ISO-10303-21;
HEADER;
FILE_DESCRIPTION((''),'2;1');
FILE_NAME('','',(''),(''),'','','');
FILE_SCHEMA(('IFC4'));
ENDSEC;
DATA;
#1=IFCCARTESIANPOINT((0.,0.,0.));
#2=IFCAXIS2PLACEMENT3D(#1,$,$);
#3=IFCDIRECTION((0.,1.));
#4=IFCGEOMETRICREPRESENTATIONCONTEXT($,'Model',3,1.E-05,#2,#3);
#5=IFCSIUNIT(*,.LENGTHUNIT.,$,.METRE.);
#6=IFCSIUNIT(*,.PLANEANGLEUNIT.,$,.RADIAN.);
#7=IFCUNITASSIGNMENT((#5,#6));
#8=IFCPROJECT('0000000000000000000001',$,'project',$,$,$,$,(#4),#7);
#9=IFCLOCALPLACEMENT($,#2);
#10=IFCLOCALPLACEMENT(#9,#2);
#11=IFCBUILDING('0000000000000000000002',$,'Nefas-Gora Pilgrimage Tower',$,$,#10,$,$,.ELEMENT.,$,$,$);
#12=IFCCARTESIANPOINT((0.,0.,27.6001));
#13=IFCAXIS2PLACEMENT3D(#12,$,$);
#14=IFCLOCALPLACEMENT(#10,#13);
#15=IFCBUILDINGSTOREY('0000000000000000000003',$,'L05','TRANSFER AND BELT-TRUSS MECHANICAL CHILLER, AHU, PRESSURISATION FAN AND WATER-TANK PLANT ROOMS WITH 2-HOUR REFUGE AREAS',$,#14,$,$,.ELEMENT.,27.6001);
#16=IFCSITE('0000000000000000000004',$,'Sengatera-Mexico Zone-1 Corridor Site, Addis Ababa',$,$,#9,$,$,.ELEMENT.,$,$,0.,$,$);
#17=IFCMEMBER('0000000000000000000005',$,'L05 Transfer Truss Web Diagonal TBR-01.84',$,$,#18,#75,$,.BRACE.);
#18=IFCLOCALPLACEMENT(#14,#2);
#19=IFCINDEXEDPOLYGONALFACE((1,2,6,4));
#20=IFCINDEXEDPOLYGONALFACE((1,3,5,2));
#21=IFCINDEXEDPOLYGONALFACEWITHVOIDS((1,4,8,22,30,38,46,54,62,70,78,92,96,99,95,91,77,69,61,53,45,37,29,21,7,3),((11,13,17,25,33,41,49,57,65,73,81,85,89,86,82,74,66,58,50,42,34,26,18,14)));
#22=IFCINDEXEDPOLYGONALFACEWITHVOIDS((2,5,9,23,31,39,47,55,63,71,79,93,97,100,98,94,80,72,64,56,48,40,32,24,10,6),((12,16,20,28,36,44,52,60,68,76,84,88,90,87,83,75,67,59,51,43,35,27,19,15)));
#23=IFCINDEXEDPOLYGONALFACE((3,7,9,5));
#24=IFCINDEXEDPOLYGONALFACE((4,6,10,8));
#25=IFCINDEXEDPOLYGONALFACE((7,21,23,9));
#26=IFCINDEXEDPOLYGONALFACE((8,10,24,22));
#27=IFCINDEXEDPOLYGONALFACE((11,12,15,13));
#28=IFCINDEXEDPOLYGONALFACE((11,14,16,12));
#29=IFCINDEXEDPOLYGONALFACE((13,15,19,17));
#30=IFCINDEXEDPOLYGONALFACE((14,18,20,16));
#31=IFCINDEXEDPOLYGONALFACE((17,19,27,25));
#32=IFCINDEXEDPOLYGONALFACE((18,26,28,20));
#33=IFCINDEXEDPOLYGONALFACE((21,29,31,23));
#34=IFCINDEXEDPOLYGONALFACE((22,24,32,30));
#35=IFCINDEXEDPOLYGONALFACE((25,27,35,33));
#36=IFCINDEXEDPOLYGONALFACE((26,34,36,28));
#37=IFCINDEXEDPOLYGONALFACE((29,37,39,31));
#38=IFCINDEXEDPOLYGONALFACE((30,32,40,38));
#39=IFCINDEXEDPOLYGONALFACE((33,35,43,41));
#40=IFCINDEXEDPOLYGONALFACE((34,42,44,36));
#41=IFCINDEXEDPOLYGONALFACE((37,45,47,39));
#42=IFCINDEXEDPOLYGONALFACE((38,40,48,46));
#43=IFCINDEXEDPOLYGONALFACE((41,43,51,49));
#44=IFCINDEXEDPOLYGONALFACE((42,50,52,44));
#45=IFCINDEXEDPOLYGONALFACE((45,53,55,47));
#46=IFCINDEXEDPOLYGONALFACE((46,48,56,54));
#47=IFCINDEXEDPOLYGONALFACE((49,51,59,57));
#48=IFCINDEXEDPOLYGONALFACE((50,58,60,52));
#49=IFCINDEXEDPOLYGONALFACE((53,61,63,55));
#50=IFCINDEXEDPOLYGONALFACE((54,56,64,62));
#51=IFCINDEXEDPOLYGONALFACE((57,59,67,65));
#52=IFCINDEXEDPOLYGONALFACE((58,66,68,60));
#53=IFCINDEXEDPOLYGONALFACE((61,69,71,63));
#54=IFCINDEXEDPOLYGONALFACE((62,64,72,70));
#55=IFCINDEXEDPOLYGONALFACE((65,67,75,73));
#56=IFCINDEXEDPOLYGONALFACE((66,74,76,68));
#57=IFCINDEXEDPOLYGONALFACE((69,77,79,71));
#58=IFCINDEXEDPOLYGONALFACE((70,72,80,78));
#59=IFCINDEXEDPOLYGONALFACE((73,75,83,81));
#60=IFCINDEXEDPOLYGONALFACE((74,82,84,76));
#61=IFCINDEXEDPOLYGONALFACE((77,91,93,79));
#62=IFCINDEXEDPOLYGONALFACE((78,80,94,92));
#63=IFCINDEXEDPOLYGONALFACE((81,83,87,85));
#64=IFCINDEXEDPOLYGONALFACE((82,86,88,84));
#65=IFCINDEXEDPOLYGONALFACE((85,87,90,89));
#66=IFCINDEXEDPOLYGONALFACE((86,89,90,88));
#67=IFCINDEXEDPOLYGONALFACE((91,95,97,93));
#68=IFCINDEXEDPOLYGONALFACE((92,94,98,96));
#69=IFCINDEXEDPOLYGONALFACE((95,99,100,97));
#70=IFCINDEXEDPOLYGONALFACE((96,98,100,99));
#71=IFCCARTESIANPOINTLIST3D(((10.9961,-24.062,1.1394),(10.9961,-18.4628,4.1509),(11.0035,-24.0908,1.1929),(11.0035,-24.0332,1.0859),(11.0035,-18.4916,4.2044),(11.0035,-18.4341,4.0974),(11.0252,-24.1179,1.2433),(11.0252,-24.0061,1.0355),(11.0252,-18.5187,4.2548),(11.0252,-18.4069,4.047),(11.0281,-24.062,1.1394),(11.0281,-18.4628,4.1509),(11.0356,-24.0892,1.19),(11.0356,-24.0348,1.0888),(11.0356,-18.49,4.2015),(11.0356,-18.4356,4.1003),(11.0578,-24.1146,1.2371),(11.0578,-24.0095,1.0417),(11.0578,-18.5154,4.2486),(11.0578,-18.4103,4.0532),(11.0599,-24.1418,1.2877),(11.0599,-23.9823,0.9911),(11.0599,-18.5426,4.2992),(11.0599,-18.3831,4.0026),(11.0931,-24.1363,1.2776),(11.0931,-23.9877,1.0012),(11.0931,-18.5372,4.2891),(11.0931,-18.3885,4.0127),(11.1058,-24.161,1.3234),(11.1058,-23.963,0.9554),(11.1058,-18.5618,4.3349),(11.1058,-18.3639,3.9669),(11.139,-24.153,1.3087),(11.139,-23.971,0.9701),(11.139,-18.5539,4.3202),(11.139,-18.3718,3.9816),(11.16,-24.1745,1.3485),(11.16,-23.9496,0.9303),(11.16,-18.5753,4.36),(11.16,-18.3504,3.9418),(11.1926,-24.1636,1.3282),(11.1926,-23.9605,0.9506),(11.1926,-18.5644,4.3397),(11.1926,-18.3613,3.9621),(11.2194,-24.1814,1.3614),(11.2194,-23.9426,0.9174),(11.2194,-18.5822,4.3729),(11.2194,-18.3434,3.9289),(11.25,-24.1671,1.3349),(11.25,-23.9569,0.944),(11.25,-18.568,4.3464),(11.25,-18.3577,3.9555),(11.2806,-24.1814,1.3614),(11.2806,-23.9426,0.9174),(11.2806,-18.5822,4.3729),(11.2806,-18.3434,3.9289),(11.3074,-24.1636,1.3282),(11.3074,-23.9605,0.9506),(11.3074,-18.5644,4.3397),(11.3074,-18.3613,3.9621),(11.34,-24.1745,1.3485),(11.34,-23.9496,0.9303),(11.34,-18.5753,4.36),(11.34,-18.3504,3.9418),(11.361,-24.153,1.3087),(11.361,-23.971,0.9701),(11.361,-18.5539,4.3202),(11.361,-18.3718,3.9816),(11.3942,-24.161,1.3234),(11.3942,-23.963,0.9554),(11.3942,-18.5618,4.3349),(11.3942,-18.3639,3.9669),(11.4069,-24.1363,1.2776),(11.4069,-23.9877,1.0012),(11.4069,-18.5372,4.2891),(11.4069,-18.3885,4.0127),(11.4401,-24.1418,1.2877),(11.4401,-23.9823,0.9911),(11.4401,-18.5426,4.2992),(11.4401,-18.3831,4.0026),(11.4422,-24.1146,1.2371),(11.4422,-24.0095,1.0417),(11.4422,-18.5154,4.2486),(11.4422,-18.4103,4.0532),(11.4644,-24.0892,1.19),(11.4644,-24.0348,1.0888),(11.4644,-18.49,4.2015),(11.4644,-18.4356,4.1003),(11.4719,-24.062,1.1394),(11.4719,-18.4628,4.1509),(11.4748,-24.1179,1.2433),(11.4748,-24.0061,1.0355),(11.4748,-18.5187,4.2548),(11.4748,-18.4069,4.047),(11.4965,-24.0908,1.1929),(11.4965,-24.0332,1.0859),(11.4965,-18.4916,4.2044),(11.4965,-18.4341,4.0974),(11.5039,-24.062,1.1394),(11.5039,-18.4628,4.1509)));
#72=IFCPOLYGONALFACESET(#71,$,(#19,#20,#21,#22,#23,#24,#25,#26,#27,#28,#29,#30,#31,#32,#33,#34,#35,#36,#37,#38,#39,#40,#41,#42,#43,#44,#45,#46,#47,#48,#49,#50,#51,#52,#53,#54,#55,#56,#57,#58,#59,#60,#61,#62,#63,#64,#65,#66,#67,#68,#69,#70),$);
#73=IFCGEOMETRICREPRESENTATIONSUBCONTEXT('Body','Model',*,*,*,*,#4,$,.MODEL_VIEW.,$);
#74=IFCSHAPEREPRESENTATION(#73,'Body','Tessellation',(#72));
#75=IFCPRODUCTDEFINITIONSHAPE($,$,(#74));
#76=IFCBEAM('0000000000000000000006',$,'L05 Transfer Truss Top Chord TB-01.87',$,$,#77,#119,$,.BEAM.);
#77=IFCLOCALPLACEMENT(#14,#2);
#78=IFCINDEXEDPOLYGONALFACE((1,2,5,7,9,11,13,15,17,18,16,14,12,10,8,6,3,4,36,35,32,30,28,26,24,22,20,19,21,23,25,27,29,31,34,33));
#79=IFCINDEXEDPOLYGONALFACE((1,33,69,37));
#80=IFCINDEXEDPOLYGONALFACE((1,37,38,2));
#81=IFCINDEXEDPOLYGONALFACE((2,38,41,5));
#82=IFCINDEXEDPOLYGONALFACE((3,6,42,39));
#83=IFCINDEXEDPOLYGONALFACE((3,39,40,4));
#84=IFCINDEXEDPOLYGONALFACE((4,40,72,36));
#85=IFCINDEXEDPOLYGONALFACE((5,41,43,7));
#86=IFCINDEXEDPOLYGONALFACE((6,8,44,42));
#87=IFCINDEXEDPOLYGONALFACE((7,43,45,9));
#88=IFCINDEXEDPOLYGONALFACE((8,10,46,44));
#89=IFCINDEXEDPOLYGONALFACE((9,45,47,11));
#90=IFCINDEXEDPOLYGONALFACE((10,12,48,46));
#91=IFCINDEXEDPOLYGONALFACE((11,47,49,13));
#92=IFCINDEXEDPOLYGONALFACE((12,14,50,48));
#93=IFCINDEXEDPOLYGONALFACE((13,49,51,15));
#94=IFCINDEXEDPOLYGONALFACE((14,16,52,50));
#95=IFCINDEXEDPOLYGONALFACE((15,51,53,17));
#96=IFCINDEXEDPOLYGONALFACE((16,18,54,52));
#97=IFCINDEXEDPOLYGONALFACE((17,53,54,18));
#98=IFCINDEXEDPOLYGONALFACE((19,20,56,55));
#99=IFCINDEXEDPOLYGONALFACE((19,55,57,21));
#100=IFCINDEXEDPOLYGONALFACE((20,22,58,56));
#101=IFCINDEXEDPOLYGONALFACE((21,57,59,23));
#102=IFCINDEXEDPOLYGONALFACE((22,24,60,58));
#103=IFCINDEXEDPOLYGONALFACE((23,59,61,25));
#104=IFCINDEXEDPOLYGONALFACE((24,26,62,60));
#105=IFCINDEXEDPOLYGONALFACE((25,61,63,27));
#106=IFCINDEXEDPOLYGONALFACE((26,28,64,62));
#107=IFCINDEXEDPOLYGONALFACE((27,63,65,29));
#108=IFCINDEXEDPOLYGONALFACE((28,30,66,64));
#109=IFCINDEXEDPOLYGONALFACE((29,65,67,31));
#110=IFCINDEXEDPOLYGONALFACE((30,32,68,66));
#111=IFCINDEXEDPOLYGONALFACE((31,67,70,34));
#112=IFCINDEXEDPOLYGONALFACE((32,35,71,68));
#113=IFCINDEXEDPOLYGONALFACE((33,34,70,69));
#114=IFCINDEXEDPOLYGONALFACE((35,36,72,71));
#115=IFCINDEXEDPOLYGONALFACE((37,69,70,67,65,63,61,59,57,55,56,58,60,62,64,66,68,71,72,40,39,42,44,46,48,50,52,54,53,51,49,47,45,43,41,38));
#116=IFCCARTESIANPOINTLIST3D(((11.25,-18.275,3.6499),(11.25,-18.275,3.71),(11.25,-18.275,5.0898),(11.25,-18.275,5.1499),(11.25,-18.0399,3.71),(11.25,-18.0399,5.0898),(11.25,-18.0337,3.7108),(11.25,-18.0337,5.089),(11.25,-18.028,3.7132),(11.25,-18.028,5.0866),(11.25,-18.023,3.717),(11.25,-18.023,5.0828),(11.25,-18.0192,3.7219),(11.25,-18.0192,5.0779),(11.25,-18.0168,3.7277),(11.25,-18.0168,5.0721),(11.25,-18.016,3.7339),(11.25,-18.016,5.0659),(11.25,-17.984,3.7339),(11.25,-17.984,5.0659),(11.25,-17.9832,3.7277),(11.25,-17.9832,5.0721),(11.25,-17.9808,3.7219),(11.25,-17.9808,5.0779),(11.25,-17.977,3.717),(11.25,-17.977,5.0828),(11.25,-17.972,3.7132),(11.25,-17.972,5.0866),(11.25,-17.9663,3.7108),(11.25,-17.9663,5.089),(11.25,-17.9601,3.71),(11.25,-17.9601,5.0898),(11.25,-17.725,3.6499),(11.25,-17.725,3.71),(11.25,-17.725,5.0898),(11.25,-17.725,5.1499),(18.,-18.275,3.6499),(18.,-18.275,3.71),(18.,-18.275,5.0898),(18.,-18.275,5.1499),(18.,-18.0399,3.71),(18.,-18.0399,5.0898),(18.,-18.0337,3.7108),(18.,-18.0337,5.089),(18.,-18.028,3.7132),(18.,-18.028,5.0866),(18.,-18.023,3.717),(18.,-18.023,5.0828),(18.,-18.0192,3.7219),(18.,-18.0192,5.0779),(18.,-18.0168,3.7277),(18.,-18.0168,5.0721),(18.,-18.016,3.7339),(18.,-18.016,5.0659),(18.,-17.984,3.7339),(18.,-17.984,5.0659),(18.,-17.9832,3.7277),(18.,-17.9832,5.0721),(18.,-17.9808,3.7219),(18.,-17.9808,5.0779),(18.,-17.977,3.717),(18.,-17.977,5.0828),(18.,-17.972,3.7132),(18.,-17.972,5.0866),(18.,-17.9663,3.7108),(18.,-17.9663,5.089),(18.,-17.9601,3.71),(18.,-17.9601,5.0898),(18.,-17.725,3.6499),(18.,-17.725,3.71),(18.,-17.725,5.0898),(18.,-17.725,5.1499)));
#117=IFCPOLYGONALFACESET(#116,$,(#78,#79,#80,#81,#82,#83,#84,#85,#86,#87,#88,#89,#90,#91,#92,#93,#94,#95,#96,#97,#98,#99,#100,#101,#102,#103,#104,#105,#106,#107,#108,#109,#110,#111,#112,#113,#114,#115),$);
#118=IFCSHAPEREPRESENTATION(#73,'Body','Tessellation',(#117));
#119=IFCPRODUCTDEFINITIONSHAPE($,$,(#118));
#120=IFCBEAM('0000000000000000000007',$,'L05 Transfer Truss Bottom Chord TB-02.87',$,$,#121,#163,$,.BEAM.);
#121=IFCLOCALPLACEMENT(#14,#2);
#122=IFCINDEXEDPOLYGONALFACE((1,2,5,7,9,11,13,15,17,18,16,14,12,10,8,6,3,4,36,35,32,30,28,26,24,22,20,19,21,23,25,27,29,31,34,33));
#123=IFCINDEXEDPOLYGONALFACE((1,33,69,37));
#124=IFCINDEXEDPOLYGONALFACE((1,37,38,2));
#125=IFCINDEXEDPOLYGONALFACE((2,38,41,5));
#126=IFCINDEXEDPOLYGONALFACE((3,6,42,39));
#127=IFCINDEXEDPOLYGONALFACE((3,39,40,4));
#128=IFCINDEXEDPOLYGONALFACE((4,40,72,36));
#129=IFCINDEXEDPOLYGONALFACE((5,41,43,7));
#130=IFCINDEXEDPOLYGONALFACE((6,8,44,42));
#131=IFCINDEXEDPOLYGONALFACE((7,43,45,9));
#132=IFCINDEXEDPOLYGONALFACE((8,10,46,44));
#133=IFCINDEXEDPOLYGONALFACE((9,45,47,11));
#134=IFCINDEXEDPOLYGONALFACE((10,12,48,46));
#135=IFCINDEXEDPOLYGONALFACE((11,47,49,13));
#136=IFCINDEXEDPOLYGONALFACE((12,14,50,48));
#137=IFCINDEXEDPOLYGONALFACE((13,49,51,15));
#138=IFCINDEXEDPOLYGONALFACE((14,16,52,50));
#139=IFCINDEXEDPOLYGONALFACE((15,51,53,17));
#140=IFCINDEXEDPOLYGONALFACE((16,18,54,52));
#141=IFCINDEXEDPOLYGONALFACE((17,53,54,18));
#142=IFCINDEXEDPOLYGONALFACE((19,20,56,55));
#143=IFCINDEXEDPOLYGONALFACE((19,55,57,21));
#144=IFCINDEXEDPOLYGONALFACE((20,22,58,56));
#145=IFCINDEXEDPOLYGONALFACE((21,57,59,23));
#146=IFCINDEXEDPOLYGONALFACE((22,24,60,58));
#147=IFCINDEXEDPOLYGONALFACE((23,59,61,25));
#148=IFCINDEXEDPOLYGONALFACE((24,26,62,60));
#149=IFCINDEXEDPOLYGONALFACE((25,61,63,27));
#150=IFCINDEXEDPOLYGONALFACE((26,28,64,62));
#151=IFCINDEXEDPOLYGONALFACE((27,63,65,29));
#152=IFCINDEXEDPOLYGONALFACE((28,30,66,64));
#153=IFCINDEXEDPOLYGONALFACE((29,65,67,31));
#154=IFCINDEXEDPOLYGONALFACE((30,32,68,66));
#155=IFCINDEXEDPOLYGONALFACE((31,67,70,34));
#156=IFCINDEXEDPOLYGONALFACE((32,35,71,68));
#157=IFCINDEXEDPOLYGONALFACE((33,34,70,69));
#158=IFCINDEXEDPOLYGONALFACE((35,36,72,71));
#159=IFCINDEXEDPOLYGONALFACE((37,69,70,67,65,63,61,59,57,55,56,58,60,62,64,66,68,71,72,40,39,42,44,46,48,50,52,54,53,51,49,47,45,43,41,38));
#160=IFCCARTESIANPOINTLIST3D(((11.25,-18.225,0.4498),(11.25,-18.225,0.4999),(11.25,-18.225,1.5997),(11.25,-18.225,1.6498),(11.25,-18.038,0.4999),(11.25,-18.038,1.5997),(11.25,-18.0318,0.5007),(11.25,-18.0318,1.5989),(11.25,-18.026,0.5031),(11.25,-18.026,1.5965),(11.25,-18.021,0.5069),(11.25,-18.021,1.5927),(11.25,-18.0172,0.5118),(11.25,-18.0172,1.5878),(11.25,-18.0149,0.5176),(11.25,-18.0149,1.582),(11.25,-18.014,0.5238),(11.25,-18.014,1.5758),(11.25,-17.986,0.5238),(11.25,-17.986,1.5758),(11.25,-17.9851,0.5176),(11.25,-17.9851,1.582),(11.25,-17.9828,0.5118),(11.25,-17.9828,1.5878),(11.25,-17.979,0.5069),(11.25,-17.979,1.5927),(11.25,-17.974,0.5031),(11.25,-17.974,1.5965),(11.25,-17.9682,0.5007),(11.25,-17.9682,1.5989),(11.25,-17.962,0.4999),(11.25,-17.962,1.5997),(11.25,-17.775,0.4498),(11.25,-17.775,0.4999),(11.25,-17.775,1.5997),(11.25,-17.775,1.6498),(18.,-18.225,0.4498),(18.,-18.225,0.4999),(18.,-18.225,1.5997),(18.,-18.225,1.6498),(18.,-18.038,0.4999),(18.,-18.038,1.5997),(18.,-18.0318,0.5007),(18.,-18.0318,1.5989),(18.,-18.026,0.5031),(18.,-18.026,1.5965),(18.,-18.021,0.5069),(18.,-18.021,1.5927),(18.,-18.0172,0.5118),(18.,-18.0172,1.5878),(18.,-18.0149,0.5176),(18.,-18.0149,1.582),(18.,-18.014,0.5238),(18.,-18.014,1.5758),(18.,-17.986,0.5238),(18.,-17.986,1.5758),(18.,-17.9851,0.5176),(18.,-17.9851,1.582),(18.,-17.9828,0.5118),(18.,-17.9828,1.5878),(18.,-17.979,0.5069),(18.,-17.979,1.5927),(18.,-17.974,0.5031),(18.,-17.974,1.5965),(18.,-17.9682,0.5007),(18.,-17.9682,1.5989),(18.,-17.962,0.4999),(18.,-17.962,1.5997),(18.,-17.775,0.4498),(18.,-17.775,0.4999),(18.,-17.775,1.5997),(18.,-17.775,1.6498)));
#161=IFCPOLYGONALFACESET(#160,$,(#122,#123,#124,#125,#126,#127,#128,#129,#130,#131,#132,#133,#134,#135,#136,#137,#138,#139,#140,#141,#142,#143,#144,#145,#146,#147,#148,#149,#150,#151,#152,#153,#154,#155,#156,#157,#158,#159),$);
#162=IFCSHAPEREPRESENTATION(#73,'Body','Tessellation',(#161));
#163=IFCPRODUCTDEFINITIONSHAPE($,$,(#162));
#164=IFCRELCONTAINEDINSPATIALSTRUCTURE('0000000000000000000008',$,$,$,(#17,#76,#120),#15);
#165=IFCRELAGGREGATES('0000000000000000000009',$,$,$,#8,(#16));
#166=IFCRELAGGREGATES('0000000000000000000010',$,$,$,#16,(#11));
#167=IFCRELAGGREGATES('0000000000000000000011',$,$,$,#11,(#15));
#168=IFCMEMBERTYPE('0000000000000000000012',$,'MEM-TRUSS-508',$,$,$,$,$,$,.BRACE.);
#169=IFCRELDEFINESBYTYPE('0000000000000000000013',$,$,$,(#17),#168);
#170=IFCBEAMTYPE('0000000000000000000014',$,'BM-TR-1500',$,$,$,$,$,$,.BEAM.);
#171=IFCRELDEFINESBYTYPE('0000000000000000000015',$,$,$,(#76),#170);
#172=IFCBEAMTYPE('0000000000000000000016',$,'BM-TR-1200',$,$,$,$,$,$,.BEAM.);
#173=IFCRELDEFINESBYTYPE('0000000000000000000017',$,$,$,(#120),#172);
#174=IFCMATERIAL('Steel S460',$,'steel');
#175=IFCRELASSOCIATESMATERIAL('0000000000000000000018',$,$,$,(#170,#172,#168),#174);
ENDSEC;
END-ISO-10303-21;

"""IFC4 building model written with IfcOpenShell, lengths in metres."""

from ifc_helpers import new_model, si_unit, direction, frame, origin, origin_2d, place, context, subcontext, project, spatial, hollow_circle, i_section, extrude, source, transform, mapped, material, material_profile, profile_set, type_object, element, save


model = new_model("IFC4")

# Units and contexts
model_context = context("Model", 3, precision=1e-05, world=origin(), true_north=direction((0.0, 1.0)))
body_context = subcontext(model_context, "Body", "Model", "MODEL_VIEW")
ifc_project = project(units=[si_unit("LENGTHUNIT", "METRE"), si_unit("PLANEANGLEUNIT", "RADIAN")], contexts=[model_context])

# Site, building, storey
site_placement = place(None, origin())
site = spatial("IfcSite", under=ifc_project, at=site_placement, Name="Sengatera-Mexico Zone-1 Corridor Site, Addis Ababa", CompositionType="ELEMENT", RefElevation=0.0)
building_placement = place(site_placement, origin())
building = spatial("IfcBuilding", under=site, at=building_placement, Name="Nefas-Gora Pilgrimage Tower", CompositionType="ELEMENT")
storey_placement = place(building_placement, frame((0.0, 0.0, 27.6001)))
storey = spatial("IfcBuildingStorey", under=building, at=storey_placement, Name="L05", Description="TRANSFER AND BELT-TRUSS MECHANICAL CHILLER, AHU, PRESSURISATION FAN AND WATER-TANK PLANT ROOMS WITH 2-HOUR REFUGE AREAS", CompositionType="ELEMENT", Elevation=27.6001)

# Shared definitions
ifc_material = material(Name="Steel S460", Category="steel")

# Shared definitions
ifc_material_profile_1 = material_profile(ifc_material, i_section(OverallWidth=0.55, OverallDepth=1.5, WebThickness=0.032, FlangeThickness=0.0601, FilletRadius=0.0239, at=origin_2d()), Name="WPG 1500x550x32x60")
ifc_profile_set_1 = profile_set([ifc_material_profile_1], Name="Steel S460")
beam_type_1 = type_object("IfcBeamType", Name="BM-TR-1500", PredefinedType="BEAM", material=ifc_profile_set_1)
ifc_material_profile_2 = material_profile(ifc_material, i_section(OverallWidth=0.45, OverallDepth=1.2, WebThickness=0.0281, FlangeThickness=0.05, FilletRadius=0.0239, at=origin_2d()), Name="WPG 1200x450x28x50")
ifc_profile_set_2 = profile_set([ifc_material_profile_2], Name="Steel S460")
beam_type_2 = type_object("IfcBeamType", Name="BM-TR-1200", PredefinedType="BEAM", material=ifc_profile_set_2)

# Shared definitions
ifc_material_profile_3 = material_profile(ifc_material, hollow_circle(Radius=0.2539, WallThickness=0.032, at=origin_2d()), Name="CHS 508x32")
ifc_profile_set_3 = profile_set([ifc_material_profile_3], Name="Steel S460")
member_type = type_object("IfcMemberType", Name="MEM-TRUSS-508", PredefinedType="BRACE", material=ifc_profile_set_3)

# Member
shared_shape_1 = source(origin(), body_context, "Body", "SweptSolid", [
    extrude(hollow_circle(Radius=0.2539, WallThickness=0.032, at=origin_2d()), origin(), (0.0, 0.0, 1.0), 6.3577),
])
member_1_placement = place(storey_placement, frame((11.25, -24.062, 1.1394), z_axis=(0.0, 0.880697, 0.473681), x_axis=(-1.0, 0.0, 0.0)))
element("IfcMember", 1, at=member_1_placement, inside=storey, type_object=member_type, Name="L05 Transfer Truss Web Diagonal TBR-01.84", PredefinedType="BRACE", context=body_context, shape_type="MappedRepresentation", body=[
    mapped(shared_shape_1, transform((0.0, 0.0, 0.0), x_axis=(1.0, 0.0, 0.0), y_axis=(0.0, 1.0, 0.0), z_axis=(0.0, 0.0, 1.0), scale=1.0)),
])

# Beams
shared_shape_2 = source(origin(), body_context, "Body", "SweptSolid", [
    extrude(i_section(OverallWidth=0.55, OverallDepth=1.5, WebThickness=0.032, FlangeThickness=0.0601, FilletRadius=0.0239, at=origin_2d()), origin(), (0.0, 0.0, 1.0), 6.75),
])
beam_1_placement = place(storey_placement, frame((11.25, -18.0, 4.3999), z_axis=(1.0, 0.0, 0.0), x_axis=(0.0, 1.0, 0.0)))
element("IfcBeam", 2, at=beam_1_placement, inside=storey, type_object=beam_type_1, Name="L05 Transfer Truss Top Chord TB-01.87", PredefinedType="BEAM", context=body_context, shape_type="MappedRepresentation", body=[
    mapped(shared_shape_2, transform((0.0, 0.0, 0.0), x_axis=(1.0, 0.0, 0.0), y_axis=(0.0, 1.0, 0.0), z_axis=(0.0, 0.0, 1.0), scale=1.0)),
])
shared_shape_3 = source(origin(), body_context, "Body", "SweptSolid", [
    extrude(i_section(OverallWidth=0.45, OverallDepth=1.2, WebThickness=0.0281, FlangeThickness=0.05, FilletRadius=0.0239, at=origin_2d()), origin(), (0.0, 0.0, 1.0), 6.75),
])
beam_2_placement = place(storey_placement, frame((11.25, -18.0, 1.0498), z_axis=(1.0, 0.0, 0.0), x_axis=(0.0, 1.0, 0.0)))
element("IfcBeam", 3, at=beam_2_placement, inside=storey, type_object=beam_type_2, Name="L05 Transfer Truss Bottom Chord TB-02.87", PredefinedType="BEAM", context=body_context, shape_type="MappedRepresentation", body=[
    mapped(shared_shape_3, transform((0.0, 0.0, 0.0), x_axis=(1.0, 0.0, 0.0), y_axis=(0.0, 1.0, 0.0), z_axis=(0.0, 0.0, 1.0), scale=1.0)),
])

save(model, "model.ifc")
